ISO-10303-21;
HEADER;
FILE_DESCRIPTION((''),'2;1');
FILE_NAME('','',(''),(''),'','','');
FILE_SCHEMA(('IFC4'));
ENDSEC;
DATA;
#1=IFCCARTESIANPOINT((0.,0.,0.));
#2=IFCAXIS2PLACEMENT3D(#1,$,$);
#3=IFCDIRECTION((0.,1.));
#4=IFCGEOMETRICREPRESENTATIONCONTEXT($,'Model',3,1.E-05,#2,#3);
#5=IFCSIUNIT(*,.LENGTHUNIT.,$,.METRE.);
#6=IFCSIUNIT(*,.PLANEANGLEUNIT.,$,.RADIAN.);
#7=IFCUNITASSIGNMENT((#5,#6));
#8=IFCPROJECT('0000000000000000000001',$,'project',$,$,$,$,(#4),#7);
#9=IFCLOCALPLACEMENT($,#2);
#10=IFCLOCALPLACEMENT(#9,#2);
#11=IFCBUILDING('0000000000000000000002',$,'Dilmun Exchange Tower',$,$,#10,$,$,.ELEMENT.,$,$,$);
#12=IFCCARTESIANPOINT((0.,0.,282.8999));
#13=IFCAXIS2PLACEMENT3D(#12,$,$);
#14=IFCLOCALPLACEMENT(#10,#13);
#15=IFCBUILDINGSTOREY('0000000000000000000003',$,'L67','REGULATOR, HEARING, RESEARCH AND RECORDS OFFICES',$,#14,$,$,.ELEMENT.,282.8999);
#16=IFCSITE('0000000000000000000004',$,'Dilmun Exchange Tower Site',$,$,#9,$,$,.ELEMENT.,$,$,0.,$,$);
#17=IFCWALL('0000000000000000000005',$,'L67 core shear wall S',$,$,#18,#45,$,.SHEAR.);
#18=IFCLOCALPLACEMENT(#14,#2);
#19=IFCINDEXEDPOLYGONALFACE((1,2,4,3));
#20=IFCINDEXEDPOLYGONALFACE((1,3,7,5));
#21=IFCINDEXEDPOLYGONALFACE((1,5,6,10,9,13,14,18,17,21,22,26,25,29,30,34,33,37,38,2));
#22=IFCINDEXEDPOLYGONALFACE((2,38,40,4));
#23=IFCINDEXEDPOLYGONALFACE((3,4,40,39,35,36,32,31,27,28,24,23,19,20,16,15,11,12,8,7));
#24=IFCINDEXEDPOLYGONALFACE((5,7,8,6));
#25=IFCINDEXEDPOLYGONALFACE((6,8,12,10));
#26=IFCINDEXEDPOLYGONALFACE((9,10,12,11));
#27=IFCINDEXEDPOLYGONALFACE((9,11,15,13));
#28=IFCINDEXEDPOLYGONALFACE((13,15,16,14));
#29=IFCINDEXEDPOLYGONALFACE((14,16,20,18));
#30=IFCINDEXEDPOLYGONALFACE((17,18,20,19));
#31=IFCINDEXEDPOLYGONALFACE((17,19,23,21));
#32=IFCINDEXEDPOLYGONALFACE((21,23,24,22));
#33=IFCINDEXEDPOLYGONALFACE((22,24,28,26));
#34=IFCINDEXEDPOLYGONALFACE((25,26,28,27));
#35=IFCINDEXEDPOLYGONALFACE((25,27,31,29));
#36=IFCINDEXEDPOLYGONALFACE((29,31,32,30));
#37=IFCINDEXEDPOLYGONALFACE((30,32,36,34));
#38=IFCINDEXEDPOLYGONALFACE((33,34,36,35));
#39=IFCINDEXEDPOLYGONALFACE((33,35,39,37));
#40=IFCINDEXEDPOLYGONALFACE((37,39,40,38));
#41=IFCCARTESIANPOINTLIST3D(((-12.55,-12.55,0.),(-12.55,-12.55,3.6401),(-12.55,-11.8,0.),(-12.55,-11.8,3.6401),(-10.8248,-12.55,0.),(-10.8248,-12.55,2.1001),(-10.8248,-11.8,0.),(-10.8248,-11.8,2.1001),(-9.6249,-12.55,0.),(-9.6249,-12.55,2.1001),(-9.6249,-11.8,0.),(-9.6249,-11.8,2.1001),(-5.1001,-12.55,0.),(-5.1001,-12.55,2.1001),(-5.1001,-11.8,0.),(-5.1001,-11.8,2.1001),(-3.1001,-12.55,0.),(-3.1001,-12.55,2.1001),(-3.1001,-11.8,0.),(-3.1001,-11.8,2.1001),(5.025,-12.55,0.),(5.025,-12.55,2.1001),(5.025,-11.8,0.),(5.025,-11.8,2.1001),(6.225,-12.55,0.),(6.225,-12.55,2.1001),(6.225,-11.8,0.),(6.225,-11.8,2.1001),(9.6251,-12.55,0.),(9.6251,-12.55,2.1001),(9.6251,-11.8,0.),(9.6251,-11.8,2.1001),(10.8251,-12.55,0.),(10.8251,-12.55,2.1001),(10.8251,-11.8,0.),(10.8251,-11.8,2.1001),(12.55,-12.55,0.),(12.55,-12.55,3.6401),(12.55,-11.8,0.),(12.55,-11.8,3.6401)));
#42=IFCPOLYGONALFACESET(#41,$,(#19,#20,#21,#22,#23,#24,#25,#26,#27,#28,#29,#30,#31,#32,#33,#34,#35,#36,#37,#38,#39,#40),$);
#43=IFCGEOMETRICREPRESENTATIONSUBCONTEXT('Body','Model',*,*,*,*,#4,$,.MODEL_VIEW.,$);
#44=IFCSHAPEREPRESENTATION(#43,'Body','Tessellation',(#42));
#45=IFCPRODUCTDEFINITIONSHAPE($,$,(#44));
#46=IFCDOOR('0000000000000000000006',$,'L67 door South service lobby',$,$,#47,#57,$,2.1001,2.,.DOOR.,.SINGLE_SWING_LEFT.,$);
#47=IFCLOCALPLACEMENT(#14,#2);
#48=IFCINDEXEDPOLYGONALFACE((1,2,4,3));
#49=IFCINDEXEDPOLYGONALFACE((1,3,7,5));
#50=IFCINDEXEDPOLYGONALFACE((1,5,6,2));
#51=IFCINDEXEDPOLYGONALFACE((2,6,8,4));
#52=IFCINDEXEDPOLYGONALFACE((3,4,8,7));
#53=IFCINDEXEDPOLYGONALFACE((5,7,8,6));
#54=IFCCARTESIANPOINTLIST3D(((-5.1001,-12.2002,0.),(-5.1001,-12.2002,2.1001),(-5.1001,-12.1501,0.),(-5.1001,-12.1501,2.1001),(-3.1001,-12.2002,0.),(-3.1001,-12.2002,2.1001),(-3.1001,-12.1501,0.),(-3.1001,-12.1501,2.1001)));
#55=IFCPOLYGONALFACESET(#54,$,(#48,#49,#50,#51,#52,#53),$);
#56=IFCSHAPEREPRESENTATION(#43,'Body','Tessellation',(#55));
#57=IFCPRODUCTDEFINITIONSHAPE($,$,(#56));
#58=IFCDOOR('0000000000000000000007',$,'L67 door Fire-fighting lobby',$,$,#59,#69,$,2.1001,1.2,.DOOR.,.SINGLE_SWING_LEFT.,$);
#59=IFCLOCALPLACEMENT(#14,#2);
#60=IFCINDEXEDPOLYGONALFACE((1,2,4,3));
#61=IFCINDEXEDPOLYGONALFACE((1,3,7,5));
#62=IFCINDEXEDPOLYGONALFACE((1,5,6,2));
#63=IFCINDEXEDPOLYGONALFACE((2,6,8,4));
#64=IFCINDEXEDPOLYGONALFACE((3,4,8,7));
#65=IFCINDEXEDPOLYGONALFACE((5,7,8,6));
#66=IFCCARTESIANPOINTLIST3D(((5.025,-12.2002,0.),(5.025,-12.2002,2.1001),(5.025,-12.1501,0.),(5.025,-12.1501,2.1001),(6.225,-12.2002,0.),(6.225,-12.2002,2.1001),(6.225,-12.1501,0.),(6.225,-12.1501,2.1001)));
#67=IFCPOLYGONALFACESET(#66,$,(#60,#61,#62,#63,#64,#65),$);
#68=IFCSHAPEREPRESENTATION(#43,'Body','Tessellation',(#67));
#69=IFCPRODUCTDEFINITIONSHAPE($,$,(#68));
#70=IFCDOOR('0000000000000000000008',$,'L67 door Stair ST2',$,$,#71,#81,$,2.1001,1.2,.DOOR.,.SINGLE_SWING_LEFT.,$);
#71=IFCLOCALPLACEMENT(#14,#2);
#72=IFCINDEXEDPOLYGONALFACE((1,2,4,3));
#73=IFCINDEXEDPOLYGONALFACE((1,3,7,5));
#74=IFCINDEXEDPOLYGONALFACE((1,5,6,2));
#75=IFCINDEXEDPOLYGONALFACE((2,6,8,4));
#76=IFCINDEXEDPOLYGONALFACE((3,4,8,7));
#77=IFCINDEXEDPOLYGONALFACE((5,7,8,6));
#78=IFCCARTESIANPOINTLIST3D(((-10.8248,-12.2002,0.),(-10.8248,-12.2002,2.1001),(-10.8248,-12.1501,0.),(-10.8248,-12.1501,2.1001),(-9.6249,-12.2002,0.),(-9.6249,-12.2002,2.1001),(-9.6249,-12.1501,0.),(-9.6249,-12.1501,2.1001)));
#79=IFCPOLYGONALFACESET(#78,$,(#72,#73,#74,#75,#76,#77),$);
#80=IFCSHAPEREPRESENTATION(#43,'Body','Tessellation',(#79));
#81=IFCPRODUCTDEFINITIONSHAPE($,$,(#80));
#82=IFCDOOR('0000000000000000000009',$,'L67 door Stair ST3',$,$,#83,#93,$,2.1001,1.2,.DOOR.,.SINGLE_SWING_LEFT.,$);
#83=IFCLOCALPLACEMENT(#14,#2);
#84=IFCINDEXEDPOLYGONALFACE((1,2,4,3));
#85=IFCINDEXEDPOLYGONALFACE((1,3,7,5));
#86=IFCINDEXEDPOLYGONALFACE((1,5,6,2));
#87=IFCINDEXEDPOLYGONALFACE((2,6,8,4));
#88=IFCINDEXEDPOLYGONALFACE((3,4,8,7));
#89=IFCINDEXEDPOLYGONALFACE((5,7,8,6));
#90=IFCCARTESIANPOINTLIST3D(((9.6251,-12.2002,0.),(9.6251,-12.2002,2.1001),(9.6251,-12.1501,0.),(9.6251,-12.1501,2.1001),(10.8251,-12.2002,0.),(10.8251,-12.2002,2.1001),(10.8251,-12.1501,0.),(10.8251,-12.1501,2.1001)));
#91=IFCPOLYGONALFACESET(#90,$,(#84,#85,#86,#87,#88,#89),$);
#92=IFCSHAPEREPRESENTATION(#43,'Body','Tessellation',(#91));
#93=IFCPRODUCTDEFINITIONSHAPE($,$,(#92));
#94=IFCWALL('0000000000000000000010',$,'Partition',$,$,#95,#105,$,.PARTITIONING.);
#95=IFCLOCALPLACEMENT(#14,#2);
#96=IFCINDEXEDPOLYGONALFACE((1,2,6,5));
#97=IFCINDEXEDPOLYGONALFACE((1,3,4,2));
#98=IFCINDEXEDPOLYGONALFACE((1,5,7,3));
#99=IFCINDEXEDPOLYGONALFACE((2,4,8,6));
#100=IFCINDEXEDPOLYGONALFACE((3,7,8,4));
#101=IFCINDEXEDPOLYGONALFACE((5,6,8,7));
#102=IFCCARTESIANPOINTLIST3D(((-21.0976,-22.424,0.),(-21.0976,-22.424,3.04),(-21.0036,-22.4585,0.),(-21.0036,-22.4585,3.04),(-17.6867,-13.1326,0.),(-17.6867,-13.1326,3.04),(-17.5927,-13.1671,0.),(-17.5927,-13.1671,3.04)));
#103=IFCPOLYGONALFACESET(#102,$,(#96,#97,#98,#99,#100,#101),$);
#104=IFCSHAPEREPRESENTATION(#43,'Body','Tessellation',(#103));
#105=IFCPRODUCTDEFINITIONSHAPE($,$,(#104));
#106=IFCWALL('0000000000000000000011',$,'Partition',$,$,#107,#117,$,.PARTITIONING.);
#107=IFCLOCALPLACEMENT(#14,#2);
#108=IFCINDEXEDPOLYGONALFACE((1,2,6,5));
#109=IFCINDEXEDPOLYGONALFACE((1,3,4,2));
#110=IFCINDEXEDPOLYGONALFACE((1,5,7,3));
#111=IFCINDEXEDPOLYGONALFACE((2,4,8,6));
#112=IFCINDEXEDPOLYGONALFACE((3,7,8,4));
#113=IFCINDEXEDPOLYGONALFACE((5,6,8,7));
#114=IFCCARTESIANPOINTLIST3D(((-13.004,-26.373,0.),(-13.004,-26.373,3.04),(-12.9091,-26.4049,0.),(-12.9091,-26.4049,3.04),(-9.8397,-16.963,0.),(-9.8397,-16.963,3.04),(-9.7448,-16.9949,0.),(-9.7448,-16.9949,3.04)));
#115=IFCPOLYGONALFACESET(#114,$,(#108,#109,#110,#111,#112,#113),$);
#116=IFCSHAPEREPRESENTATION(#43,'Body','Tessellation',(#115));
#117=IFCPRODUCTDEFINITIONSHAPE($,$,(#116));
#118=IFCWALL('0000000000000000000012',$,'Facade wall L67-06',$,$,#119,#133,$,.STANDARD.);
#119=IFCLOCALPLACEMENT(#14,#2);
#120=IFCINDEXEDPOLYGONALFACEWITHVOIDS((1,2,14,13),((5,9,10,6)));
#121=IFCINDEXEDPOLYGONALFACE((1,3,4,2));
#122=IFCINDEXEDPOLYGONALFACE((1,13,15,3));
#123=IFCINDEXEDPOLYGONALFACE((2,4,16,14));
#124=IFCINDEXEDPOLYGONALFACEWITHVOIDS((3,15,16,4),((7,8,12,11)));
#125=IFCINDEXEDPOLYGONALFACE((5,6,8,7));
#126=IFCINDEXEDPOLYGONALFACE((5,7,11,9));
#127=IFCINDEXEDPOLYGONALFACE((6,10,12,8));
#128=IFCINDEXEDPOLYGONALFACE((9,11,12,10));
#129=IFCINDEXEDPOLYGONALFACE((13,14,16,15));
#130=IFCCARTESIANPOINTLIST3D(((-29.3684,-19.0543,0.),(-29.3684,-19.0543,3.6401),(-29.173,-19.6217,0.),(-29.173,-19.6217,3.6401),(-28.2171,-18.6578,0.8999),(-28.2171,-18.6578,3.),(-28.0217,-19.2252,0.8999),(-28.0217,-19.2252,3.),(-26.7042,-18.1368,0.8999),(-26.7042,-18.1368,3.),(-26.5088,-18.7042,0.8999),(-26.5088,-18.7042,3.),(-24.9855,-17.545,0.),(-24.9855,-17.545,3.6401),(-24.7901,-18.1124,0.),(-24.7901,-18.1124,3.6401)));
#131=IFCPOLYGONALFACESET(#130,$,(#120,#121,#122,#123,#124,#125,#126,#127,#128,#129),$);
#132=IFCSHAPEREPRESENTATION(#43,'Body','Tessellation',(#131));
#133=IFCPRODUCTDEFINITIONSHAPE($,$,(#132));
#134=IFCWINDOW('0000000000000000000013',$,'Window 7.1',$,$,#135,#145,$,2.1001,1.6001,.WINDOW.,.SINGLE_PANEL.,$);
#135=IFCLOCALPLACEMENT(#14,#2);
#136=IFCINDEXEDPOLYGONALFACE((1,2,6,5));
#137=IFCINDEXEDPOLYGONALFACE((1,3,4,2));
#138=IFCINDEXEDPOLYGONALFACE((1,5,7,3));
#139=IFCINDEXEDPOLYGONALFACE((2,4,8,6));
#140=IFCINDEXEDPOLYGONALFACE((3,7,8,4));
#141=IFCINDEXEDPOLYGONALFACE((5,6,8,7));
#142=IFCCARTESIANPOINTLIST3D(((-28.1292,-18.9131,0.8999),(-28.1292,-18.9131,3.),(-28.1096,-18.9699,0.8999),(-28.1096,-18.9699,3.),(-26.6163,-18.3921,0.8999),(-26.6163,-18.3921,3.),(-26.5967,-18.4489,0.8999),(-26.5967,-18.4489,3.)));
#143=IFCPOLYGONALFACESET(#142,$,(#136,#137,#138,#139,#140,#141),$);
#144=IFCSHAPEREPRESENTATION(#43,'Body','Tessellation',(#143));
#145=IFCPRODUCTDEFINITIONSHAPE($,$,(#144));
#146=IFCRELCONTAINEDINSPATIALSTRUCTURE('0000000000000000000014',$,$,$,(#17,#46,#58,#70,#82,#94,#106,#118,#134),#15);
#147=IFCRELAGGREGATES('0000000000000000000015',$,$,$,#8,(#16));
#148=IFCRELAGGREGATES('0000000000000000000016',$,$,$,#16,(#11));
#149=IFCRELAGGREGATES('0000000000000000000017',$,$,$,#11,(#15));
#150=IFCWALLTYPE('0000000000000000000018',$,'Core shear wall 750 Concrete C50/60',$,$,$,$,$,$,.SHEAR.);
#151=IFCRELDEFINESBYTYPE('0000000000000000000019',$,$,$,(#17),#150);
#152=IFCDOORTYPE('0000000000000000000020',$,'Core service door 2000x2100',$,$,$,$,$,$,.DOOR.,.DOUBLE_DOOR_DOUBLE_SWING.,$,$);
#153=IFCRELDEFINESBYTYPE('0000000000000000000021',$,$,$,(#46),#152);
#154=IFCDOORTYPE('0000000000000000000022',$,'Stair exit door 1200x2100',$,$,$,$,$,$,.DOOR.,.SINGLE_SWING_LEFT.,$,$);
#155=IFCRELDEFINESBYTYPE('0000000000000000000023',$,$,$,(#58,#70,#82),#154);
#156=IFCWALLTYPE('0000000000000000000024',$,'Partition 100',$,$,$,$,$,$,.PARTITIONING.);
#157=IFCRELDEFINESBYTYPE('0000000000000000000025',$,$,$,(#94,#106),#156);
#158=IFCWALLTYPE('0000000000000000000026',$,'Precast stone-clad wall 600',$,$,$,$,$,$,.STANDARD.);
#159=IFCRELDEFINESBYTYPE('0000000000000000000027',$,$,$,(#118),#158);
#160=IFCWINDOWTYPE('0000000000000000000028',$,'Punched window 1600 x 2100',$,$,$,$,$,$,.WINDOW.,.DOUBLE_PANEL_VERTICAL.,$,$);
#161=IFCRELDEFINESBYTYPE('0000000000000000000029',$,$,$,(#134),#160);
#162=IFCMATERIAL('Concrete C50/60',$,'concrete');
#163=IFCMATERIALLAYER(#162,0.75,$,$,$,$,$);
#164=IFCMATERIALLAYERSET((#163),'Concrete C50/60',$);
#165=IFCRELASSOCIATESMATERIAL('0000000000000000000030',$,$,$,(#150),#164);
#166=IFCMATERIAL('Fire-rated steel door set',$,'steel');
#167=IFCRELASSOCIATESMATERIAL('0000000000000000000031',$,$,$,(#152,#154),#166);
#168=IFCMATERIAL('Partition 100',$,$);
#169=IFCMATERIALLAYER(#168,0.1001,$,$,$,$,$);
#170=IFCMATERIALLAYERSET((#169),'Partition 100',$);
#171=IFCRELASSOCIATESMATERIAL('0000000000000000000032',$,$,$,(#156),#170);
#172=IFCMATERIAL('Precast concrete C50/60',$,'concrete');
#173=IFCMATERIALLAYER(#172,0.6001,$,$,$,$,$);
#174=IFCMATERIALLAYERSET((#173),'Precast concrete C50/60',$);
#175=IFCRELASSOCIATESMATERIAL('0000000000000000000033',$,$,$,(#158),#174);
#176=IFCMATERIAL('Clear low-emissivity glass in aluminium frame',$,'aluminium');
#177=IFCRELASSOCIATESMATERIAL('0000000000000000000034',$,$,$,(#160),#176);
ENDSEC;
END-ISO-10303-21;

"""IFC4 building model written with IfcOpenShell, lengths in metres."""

from ifc_helpers import new_model, si_unit, direction, frame, frame_2d, origin, place, context, subcontext, project, spatial, rectangle, extrude, material, layer, layer_set, type_object, element, fill, save


model = new_model("IFC4")

# Units and contexts
model_context = context("Model", 3, precision=1e-05, world=origin(), true_north=direction((0.0, 1.0)))
body_context = subcontext(model_context, "Body", "Model", "MODEL_VIEW")
ifc_project = project(units=[si_unit("LENGTHUNIT", "METRE"), si_unit("PLANEANGLEUNIT", "RADIAN")], contexts=[model_context])

# Site, building, storey
site_placement = place(None, origin())
site = spatial("IfcSite", under=ifc_project, at=site_placement, Name="Dilmun Exchange Tower Site", CompositionType="ELEMENT", RefElevation=0.0)
building_placement = place(site_placement, origin())
building = spatial("IfcBuilding", under=site, at=building_placement, Name="Dilmun Exchange Tower", CompositionType="ELEMENT")
storey_placement = place(building_placement, frame((0.0, 0.0, 282.8999)))
storey = spatial("IfcBuildingStorey", under=building, at=storey_placement, Name="L67", Description="REGULATOR, HEARING, RESEARCH AND RECORDS OFFICES", CompositionType="ELEMENT", Elevation=282.8999)

# Shared definitions
ifc_material_1 = material(Name="Concrete C50/60", Category="concrete")

# Wall, openings, doors
ifc_layer_1 = layer(ifc_material_1, 0.75)
ifc_layer_set_1 = layer_set([ifc_layer_1], Name="Concrete C50/60")
wall_type_1 = type_object("IfcWallType", Name="Core shear wall 750 Concrete C50/60", PredefinedType="SHEAR", material=ifc_layer_set_1)
wall_1_placement = place(storey_placement, frame((-12.55, -12.175, 0.0), z_axis=(0.0, 0.0, 1.0), x_axis=(1.0, 0.0, 0.0)))
wall_1 = element("IfcWall", 1, at=wall_1_placement, inside=storey, type_object=wall_type_1, Name="L67 core shear wall S", PredefinedType="SHEAR", context=body_context, shape_type="SweptSolid", body=[
    extrude(rectangle(XDim=25.1001, YDim=0.75, at=frame_2d((12.55, 0.0))), origin(), (0.0, 0.0, 1.0), 3.6401),
])
opening_1_placement = place(wall_1_placement, frame((7.45, 0.0, 0.0)))
opening_1 = element("IfcOpeningElement", 2, at=opening_1_placement, cuts=wall_1, PredefinedType="OPENING", context=body_context, shape_type="SweptSolid", body=[
    extrude(rectangle(XDim=2.0, YDim=2.1001, at=frame_2d((1.0, 1.05))), frame((0.0, 0.385, 0.0), z_axis=(0.0, -1.0, 0.0), x_axis=(1.0, 0.0, 0.0)), (0.0, 0.0, 1.0), 0.77),
])
opening_2_placement = place(wall_1_placement, frame((17.575, 0.0, 0.0)))
opening_2 = element("IfcOpeningElement", 3, at=opening_2_placement, cuts=wall_1, PredefinedType="OPENING", context=body_context, shape_type="SweptSolid", body=[
    extrude(rectangle(XDim=1.2, YDim=2.1001, at=frame_2d((0.6001, 1.05))), frame((0.0, 0.385, 0.0), z_axis=(0.0, -1.0, 0.0), x_axis=(1.0, 0.0, 0.0)), (0.0, 0.0, 1.0), 0.77),
])
opening_3_placement = place(wall_1_placement, frame((1.7251, 0.0, 0.0)))
opening_3 = element("IfcOpeningElement", 4, at=opening_3_placement, cuts=wall_1, PredefinedType="OPENING", context=body_context, shape_type="SweptSolid", body=[
    extrude(rectangle(XDim=1.2, YDim=2.1001, at=frame_2d((0.6001, 1.05))), frame((0.0, 0.385, 0.0), z_axis=(0.0, -1.0, 0.0), x_axis=(1.0, 0.0, 0.0)), (0.0, 0.0, 1.0), 0.77),
])
opening_4_placement = place(wall_1_placement, frame((22.175, 0.0, 0.0)))
opening_4 = element("IfcOpeningElement", 5, at=opening_4_placement, cuts=wall_1, PredefinedType="OPENING", context=body_context, shape_type="SweptSolid", body=[
    extrude(rectangle(XDim=1.2, YDim=2.1001, at=frame_2d((0.6001, 1.05))), frame((0.0, 0.385, 0.0), z_axis=(0.0, -1.0, 0.0), x_axis=(1.0, 0.0, 0.0)), (0.0, 0.0, 1.0), 0.77),
])
ifc_material_2 = material(Name="Fire-rated steel door set", Category="steel")
door_type_1 = type_object("IfcDoorType", Name="Core service door 2000x2100", OperationType="DOUBLE_DOOR_DOUBLE_SWING", PredefinedType="DOOR", material=ifc_material_2)
door_1_placement = place(opening_1_placement, origin())
door_1 = element("IfcDoor", 6, at=door_1_placement, inside=storey, type_object=door_type_1, Name="L67 door South service lobby", OperationType="SINGLE_SWING_LEFT", OverallHeight=2.1001, OverallWidth=2.0, PredefinedType="DOOR", context=body_context, shape_type="SweptSolid", body=[
    extrude(rectangle(XDim=2.0, YDim=2.1001, at=frame_2d((1.0, 1.05))), frame((0.0, 0.0249, 0.0), z_axis=(0.0, -1.0, 0.0), x_axis=(1.0, 0.0, 0.0)), (0.0, 0.0, 1.0), 0.05),
])
fill(opening_1, door_1)
door_type_2 = type_object("IfcDoorType", Name="Stair exit door 1200x2100", OperationType="SINGLE_SWING_LEFT", PredefinedType="DOOR", material=ifc_material_2)
door_2_placement = place(opening_2_placement, origin())
door_2 = element("IfcDoor", 7, at=door_2_placement, inside=storey, type_object=door_type_2, Name="L67 door Fire-fighting lobby", OperationType="SINGLE_SWING_LEFT", OverallHeight=2.1001, OverallWidth=1.2, PredefinedType="DOOR", context=body_context, shape_type="SweptSolid", body=[
    extrude(rectangle(XDim=1.2, YDim=2.1001, at=frame_2d((0.6001, 1.05))), frame((0.0, 0.0249, 0.0), z_axis=(0.0, -1.0, 0.0), x_axis=(1.0, 0.0, 0.0)), (0.0, 0.0, 1.0), 0.05),
])
fill(opening_2, door_2)
door_3_placement = place(opening_3_placement, origin())
door_3 = element("IfcDoor", 8, at=door_3_placement, inside=storey, type_object=door_type_2, Name="L67 door Stair ST2", OperationType="SINGLE_SWING_LEFT", OverallHeight=2.1001, OverallWidth=1.2, PredefinedType="DOOR", context=body_context, shape_type="SweptSolid", body=[
    extrude(rectangle(XDim=1.2, YDim=2.1001, at=frame_2d((0.6001, 1.05))), frame((0.0, 0.0249, 0.0), z_axis=(0.0, -1.0, 0.0), x_axis=(1.0, 0.0, 0.0)), (0.0, 0.0, 1.0), 0.05),
])
fill(opening_3, door_3)
door_4_placement = place(opening_4_placement, origin())
door_4 = element("IfcDoor", 9, at=door_4_placement, inside=storey, type_object=door_type_2, Name="L67 door Stair ST3", OperationType="SINGLE_SWING_LEFT", OverallHeight=2.1001, OverallWidth=1.2, PredefinedType="DOOR", context=body_context, shape_type="SweptSolid", body=[
    extrude(rectangle(XDim=1.2, YDim=2.1001, at=frame_2d((0.6001, 1.05))), frame((0.0, 0.0249, 0.0), z_axis=(0.0, -1.0, 0.0), x_axis=(1.0, 0.0, 0.0)), (0.0, 0.0, 1.0), 0.05),
])
fill(opening_4, door_4)

# Walls
ifc_material_3 = material(Name="Partition 100")
ifc_layer_2 = layer(ifc_material_3, 0.1001)
ifc_layer_set_2 = layer_set([ifc_layer_2], Name="Partition 100")
wall_type_2 = type_object("IfcWallType", Name="Partition 100", PredefinedType="PARTITIONING", material=ifc_layer_set_2)
wall_2_placement = place(storey_placement, frame((-21.0505, -22.4412, 0.0), z_axis=(0.0, 0.0, 1.0), x_axis=(0.344611, 0.938746, 0.0)))
element("IfcWall", 10, at=wall_2_placement, inside=storey, type_object=wall_type_2, Name="Partition", PredefinedType="PARTITIONING", context=body_context, shape_type="SweptSolid", body=[
    extrude(rectangle(XDim=9.8977, YDim=0.1001, at=frame_2d((4.9487, 0.0))), origin(), (0.0, 0.0, 1.0), 3.04),
])
wall_3_placement = place(storey_placement, frame((-12.9565, -26.3889, 0.0), z_axis=(0.0, 0.0, 1.0), x_axis=(0.318735, 0.947844, 0.0)))
element("IfcWall", 11, at=wall_3_placement, inside=storey, type_object=wall_type_2, Name="Partition", PredefinedType="PARTITIONING", context=body_context, shape_type="SweptSolid", body=[
    extrude(rectangle(XDim=9.9277, YDim=0.1001, at=frame_2d((4.9639, 0.0))), origin(), (0.0, 0.0, 1.0), 3.04),
])

# Wall, opening, window
ifc_material_4 = material(Name="Precast concrete C50/60", Category="concrete")
ifc_layer_3 = layer(ifc_material_4, 0.6001)
ifc_layer_set_3 = layer_set([ifc_layer_3], Name="Precast concrete C50/60")
wall_type_3 = type_object("IfcWallType", Name="Precast stone-clad wall 600", PredefinedType="STANDARD", material=ifc_layer_set_3)
wall_4_placement = place(storey_placement, frame((-24.8877, -17.8286, 0.0), z_axis=(0.0, 0.0, 1.0), x_axis=(-0.945508, -0.325598, 0.0)))
wall_4 = element("IfcWall", 12, at=wall_4_placement, inside=storey, type_object=wall_type_3, Name="Facade wall L67-06", PredefinedType="STANDARD", context=body_context, shape_type="SweptSolid", body=[
    extrude(rectangle(XDim=4.6355, YDim=0.6001, at=frame_2d((2.3179, 0.0))), origin(), (0.0, 0.0, 1.0), 3.6401),
])
opening_5_placement = place(wall_4_placement, frame((1.8179, 0.0, 0.8999)))
opening_5 = element("IfcOpeningElement", 13, at=opening_5_placement, cuts=wall_4, PredefinedType="OPENING", context=body_context, shape_type="SweptSolid", body=[
    extrude(rectangle(XDim=1.6001, YDim=2.1001, at=frame_2d((0.8, 1.05))), frame((0.0, 0.3101, 0.0), z_axis=(0.0, -1.0, 0.0), x_axis=(1.0, 0.0, 0.0)), (0.0, 0.0, 1.0), 0.6201),
])
ifc_material_5 = material(Name="Clear low-emissivity glass in aluminium frame", Category="aluminium")
window_type_1 = type_object("IfcWindowType", Name="Punched window 1600 x 2100", PartitioningType="DOUBLE_PANEL_VERTICAL", PredefinedType="WINDOW", material=ifc_material_5)
window_1_placement = place(opening_5_placement, origin())
window_1 = element("IfcWindow", 14, at=window_1_placement, inside=storey, type_object=window_type_1, Name="Window 7.1", OverallHeight=2.1001, OverallWidth=1.6001, PartitioningType="SINGLE_PANEL", PredefinedType="WINDOW", context=body_context, shape_type="SweptSolid", body=[
    extrude(rectangle(XDim=1.6001, YDim=2.1001, at=frame_2d((0.8, 1.05))), frame((0.0, 0.03, 0.0), z_axis=(0.0, -1.0, 0.0), x_axis=(1.0, 0.0, 0.0)), (0.0, 0.0, 1.0), 0.0601),
])
fill(opening_5, window_1)

save(model, "model.ifc")
